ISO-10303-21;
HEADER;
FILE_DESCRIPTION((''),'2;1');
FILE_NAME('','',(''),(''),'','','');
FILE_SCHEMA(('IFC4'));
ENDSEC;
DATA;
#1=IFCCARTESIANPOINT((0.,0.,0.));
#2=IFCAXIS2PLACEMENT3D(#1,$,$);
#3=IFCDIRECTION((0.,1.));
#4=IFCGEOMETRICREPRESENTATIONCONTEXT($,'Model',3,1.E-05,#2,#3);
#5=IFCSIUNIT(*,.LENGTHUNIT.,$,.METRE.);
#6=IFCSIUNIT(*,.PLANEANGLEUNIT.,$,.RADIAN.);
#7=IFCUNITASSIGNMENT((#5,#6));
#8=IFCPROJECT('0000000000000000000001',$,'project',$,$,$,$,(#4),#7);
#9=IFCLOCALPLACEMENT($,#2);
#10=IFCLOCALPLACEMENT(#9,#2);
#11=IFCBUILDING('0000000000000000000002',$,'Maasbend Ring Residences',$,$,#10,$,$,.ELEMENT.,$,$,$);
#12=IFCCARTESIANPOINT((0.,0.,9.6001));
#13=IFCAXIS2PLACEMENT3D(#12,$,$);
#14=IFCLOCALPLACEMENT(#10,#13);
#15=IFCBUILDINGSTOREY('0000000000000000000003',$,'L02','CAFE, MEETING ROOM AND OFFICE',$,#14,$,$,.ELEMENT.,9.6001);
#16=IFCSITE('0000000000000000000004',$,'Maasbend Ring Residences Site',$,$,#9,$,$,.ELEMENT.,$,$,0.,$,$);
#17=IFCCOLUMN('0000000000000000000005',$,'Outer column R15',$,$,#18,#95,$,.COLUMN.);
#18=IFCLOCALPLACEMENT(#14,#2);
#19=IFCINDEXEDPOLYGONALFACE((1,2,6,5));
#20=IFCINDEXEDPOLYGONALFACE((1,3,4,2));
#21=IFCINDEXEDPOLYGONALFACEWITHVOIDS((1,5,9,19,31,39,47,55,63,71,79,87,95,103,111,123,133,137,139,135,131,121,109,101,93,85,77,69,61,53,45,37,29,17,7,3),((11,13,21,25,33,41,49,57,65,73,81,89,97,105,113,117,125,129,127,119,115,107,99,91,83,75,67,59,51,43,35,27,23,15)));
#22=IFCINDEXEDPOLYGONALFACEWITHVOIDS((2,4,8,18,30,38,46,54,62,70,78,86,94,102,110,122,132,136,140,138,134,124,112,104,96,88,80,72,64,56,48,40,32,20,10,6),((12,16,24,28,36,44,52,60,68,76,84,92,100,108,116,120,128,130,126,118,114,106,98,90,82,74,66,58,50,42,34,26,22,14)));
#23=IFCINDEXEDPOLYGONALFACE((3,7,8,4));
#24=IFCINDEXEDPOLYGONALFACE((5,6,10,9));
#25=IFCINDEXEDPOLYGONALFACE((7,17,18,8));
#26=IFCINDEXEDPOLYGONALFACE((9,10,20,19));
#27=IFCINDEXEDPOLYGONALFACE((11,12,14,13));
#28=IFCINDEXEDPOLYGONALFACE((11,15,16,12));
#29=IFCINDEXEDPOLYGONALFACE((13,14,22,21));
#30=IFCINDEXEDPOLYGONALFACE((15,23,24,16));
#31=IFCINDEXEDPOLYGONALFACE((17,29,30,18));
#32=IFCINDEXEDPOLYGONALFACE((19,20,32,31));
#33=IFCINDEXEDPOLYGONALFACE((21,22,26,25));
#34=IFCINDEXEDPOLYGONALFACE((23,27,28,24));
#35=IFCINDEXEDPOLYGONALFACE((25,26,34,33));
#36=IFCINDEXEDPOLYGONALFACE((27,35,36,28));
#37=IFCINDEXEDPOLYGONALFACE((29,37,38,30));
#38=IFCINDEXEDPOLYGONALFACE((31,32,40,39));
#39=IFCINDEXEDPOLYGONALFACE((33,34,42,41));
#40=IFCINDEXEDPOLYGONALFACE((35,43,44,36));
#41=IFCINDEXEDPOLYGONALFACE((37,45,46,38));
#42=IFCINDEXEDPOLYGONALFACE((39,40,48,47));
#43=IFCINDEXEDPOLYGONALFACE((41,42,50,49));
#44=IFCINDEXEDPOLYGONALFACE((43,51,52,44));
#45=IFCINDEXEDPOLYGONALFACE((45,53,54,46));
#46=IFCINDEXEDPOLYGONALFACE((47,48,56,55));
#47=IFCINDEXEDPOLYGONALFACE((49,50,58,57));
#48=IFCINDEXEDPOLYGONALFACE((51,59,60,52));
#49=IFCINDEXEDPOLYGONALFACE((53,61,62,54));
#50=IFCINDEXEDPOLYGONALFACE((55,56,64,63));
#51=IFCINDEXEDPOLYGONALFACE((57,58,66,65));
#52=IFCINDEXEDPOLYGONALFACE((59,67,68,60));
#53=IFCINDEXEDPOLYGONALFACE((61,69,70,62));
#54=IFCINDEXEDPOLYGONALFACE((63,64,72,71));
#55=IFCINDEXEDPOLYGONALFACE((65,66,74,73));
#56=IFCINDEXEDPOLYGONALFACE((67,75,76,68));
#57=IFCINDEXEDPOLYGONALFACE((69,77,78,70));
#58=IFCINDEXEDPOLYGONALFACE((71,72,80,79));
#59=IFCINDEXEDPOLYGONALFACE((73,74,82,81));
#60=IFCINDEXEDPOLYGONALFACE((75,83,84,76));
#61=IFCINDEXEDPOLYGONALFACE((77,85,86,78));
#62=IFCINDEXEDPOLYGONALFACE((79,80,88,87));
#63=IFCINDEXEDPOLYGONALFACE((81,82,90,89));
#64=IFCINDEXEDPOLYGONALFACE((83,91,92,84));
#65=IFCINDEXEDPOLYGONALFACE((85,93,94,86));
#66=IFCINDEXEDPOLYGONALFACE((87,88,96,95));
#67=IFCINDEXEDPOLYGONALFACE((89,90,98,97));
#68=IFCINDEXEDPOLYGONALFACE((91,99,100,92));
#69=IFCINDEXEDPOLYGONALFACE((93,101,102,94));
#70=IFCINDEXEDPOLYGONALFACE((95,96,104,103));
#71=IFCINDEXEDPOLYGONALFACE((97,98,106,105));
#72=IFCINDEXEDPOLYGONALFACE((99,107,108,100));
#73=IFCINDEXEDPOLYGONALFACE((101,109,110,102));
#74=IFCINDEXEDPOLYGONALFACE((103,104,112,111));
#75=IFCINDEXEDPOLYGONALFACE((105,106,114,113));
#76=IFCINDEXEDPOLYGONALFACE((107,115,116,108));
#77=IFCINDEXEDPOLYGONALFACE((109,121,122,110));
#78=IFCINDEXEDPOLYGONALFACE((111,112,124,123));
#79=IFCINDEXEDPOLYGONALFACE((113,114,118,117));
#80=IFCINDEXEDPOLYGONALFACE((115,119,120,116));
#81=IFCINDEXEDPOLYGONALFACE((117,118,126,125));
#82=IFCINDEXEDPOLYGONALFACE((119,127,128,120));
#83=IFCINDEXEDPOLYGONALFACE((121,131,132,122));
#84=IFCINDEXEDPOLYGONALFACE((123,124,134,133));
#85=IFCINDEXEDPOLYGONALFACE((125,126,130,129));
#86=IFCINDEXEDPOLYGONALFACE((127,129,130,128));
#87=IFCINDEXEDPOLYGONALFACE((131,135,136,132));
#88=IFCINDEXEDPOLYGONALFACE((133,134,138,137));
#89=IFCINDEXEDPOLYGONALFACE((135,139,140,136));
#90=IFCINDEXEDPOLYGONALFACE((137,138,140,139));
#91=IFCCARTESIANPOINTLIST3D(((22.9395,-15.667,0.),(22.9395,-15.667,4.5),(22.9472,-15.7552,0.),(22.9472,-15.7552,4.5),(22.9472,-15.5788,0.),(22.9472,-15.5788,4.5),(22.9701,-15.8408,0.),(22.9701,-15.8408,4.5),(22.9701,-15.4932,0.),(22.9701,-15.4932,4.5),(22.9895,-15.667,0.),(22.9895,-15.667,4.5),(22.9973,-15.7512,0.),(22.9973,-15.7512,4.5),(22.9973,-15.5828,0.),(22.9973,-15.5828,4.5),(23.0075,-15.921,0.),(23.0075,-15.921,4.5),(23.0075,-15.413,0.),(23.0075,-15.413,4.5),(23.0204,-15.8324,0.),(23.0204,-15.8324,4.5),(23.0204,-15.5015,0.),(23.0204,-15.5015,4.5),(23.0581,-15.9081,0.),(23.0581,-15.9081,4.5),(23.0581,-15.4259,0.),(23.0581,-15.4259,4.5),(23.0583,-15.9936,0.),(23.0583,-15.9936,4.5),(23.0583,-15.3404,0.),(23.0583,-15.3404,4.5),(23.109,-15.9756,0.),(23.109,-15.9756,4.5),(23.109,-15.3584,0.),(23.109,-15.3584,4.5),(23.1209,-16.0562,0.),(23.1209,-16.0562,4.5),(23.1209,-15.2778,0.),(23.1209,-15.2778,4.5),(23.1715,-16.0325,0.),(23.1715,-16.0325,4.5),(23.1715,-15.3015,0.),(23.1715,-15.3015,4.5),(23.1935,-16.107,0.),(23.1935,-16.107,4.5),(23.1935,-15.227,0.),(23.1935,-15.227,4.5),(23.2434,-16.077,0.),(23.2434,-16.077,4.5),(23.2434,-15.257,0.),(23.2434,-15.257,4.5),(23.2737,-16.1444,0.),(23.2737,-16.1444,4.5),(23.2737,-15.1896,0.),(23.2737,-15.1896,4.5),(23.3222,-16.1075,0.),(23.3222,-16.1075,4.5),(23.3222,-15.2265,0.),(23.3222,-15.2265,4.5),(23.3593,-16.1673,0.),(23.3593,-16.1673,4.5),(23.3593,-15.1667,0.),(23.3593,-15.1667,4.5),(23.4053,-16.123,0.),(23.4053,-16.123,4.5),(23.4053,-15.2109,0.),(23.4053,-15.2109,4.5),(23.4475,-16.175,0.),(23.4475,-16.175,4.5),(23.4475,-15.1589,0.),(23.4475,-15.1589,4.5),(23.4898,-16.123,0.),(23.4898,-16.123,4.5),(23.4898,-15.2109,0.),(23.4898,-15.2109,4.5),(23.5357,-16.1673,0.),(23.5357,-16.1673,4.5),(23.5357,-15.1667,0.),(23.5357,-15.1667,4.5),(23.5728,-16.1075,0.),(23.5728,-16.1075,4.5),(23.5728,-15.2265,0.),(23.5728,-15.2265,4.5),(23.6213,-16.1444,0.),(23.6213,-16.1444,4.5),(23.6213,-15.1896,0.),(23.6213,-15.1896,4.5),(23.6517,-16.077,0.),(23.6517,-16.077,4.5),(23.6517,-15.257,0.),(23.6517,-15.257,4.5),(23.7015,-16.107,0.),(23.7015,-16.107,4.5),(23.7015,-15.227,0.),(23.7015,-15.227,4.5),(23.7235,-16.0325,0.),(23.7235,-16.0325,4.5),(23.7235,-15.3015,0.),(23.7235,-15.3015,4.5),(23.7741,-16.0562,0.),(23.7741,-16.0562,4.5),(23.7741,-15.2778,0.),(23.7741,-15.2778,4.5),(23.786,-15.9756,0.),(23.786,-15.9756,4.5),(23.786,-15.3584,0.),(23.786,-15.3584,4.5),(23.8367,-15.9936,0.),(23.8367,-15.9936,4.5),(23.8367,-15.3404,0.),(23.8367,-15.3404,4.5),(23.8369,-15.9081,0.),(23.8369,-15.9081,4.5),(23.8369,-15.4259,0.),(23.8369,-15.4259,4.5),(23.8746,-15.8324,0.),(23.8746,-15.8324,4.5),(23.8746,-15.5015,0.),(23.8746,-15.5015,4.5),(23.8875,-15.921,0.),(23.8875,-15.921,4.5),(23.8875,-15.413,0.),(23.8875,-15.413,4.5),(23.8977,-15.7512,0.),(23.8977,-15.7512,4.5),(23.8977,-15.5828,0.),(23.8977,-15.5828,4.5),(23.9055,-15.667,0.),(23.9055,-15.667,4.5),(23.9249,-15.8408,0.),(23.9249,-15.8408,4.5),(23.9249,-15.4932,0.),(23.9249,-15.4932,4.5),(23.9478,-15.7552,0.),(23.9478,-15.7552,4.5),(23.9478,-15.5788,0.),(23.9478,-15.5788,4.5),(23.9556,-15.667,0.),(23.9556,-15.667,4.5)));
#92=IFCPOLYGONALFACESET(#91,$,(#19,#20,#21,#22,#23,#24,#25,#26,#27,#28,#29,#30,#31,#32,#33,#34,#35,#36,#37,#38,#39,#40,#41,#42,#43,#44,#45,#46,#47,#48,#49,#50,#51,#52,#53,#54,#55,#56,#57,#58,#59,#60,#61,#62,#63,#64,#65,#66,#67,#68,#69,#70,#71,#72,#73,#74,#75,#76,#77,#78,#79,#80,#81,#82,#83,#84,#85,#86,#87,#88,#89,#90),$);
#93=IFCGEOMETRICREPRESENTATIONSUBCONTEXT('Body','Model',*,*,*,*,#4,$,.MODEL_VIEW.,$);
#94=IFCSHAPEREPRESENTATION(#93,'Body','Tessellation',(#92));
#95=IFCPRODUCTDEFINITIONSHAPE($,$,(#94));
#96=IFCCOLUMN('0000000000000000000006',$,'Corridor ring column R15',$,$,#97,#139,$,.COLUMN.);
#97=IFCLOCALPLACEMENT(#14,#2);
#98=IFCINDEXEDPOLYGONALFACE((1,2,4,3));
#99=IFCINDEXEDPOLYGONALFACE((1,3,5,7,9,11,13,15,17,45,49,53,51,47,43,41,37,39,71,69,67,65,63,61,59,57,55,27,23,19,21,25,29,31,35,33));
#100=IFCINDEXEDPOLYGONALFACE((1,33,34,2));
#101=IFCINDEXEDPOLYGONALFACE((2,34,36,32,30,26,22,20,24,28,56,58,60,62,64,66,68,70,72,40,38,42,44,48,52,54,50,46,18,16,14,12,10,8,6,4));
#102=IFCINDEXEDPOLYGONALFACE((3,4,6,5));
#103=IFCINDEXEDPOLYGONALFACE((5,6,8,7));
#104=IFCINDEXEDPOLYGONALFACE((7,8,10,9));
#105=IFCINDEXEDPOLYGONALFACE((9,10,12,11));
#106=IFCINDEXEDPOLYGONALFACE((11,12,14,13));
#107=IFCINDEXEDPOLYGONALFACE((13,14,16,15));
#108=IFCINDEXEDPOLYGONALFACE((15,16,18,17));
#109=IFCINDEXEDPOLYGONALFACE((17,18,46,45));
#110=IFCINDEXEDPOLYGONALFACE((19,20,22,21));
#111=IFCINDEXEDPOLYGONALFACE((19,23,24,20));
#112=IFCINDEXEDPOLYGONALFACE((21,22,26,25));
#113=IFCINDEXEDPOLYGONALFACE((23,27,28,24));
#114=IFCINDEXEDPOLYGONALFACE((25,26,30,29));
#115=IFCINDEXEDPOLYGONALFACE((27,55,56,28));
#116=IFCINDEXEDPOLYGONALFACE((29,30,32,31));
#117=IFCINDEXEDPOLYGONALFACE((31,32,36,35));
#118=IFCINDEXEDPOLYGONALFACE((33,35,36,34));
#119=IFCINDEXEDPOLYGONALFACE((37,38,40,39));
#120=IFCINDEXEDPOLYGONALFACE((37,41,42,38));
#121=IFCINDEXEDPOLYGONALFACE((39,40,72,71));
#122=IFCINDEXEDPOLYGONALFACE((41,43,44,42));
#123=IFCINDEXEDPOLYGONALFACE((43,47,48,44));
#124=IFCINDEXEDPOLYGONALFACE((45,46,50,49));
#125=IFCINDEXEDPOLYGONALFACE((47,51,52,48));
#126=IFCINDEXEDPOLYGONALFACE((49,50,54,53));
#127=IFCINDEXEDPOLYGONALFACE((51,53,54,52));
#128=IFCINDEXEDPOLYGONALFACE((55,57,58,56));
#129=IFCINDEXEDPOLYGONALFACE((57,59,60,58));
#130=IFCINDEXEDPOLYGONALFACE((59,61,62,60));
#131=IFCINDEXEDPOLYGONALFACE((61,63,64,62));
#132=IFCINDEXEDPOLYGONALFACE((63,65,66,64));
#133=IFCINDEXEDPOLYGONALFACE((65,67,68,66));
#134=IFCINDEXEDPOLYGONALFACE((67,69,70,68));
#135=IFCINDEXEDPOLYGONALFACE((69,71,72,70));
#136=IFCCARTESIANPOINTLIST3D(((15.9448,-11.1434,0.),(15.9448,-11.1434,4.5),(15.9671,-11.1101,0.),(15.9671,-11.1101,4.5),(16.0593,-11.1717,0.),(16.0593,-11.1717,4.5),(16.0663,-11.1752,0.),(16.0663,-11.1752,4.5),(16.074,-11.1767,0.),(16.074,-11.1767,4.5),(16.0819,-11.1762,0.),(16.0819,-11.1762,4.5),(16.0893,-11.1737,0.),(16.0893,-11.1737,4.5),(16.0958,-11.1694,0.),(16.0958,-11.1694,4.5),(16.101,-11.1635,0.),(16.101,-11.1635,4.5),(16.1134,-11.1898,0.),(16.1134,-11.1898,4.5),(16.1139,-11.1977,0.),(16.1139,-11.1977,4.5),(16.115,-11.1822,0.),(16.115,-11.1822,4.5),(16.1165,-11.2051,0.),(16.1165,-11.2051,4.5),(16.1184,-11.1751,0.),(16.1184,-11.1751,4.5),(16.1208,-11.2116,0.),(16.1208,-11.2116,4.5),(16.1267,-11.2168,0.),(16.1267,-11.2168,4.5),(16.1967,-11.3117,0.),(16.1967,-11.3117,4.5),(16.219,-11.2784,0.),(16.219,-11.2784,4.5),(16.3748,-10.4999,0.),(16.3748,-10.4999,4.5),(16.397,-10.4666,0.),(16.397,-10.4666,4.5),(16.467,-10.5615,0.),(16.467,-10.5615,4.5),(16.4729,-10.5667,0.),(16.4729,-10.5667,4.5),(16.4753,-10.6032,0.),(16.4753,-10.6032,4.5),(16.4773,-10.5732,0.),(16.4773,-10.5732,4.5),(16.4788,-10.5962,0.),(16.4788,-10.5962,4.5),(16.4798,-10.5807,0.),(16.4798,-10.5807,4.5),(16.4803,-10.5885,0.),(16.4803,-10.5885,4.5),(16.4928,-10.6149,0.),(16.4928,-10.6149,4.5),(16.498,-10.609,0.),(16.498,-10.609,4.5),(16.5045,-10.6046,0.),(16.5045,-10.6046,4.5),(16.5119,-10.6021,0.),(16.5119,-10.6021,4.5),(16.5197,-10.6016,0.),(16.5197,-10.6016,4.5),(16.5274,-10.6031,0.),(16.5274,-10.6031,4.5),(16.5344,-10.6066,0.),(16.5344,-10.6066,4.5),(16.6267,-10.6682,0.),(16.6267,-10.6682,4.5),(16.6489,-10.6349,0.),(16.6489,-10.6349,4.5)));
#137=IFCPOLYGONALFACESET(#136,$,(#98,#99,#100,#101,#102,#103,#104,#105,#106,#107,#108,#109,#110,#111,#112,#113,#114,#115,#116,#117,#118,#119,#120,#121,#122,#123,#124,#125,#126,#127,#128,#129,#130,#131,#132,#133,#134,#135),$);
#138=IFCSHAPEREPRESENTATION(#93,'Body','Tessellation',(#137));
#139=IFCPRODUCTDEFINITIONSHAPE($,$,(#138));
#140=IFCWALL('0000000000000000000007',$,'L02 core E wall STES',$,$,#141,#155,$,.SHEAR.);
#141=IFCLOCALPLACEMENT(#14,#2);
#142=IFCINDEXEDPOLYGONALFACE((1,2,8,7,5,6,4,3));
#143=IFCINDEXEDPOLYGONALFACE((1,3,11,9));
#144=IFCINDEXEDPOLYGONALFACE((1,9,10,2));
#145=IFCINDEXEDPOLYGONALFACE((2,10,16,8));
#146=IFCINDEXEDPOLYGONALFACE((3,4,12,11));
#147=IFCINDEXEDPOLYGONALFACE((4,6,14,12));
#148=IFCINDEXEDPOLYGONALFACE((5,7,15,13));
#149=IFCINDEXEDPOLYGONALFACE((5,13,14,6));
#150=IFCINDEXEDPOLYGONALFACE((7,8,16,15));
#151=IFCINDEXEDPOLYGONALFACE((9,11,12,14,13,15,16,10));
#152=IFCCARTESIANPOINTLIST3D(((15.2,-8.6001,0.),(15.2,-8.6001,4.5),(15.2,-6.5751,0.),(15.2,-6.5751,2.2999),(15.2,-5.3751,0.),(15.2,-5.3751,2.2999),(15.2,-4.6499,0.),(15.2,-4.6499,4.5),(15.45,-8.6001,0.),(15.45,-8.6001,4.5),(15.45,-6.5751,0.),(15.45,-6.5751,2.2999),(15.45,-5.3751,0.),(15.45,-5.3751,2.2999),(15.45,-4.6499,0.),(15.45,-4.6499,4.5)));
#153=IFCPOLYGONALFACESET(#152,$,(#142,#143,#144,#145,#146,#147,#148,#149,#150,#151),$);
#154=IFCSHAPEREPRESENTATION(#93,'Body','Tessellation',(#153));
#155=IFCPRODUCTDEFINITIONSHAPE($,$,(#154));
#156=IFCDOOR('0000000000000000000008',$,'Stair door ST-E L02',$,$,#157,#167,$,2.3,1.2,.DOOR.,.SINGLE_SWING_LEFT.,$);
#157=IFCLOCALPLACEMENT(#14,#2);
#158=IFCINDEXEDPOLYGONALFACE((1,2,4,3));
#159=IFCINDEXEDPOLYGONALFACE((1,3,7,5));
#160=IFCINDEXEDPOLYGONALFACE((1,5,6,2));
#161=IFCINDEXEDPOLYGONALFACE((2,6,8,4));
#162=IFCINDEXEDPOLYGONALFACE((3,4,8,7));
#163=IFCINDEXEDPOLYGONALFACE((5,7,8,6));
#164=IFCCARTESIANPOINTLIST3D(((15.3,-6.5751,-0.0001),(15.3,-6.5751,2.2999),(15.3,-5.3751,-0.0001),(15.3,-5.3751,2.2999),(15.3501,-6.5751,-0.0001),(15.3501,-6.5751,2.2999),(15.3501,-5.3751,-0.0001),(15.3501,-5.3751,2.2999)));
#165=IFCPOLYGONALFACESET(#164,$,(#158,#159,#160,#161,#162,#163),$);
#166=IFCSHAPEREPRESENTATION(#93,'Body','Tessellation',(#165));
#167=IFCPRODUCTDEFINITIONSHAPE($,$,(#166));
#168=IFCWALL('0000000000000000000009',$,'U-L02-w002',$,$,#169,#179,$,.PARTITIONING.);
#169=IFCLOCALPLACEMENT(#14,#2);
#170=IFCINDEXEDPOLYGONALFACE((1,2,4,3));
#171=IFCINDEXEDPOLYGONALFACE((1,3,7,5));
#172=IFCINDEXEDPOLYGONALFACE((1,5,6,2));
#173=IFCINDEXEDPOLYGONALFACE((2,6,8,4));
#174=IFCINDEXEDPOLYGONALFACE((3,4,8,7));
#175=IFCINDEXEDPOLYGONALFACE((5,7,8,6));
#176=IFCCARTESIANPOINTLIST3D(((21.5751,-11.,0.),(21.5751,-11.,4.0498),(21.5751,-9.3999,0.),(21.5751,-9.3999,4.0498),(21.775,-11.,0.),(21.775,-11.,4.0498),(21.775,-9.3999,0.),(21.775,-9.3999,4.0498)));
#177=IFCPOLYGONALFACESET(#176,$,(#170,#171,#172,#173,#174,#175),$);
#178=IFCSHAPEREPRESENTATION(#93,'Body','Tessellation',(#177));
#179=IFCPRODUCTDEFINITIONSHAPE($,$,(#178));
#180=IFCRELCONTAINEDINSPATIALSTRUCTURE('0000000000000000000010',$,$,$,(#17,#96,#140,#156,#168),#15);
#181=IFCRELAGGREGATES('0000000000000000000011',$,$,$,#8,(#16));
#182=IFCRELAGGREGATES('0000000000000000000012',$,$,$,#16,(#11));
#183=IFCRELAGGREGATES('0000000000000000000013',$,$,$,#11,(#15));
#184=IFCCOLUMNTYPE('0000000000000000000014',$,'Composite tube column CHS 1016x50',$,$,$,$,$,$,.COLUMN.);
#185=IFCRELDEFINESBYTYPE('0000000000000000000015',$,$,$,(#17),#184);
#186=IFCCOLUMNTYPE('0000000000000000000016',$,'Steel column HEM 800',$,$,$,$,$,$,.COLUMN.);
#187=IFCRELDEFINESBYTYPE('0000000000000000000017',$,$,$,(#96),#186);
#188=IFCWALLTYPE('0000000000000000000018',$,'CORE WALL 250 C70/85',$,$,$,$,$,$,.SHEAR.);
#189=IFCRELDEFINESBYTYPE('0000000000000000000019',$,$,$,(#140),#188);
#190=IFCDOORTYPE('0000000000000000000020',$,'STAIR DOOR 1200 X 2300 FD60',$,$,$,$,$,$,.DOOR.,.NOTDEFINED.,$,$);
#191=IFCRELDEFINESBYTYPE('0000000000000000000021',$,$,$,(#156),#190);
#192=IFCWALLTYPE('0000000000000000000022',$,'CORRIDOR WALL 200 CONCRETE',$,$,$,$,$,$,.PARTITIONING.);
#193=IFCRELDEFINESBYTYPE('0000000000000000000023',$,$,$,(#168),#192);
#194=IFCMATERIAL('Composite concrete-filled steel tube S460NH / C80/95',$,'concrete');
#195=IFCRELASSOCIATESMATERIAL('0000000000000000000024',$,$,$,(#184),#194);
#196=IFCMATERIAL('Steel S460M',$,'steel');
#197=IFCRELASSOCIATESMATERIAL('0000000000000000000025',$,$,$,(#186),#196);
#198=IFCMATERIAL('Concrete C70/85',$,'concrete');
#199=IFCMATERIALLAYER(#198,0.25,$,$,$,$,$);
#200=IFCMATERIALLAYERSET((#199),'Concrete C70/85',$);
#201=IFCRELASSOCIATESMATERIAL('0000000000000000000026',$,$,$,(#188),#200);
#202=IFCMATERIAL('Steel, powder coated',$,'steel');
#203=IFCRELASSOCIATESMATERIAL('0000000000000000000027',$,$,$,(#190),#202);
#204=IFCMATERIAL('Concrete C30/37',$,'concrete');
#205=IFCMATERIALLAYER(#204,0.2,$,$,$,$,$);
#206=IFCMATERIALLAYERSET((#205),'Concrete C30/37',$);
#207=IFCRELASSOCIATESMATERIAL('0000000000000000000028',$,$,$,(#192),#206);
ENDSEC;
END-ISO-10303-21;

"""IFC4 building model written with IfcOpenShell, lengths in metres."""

from ifc_helpers import new_model, si_unit, direction, frame, frame_2d, origin, origin_2d, place, context, subcontext, project, spatial, rectangle, hollow_circle, i_section, extrude, material, layer, layer_set, material_profile, profile_set, type_object, element, fill, save


model = new_model("IFC4")

# Units and contexts
model_context = context("Model", 3, precision=1e-05, world=origin(), true_north=direction((0.0, 1.0)))
body_context = subcontext(model_context, "Body", "Model", "MODEL_VIEW")
ifc_project = project(units=[si_unit("LENGTHUNIT", "METRE"), si_unit("PLANEANGLEUNIT", "RADIAN")], contexts=[model_context])

# Site, building, storey
site_placement = place(None, origin())
site = spatial("IfcSite", under=ifc_project, at=site_placement, Name="Maasbend Ring Residences Site", CompositionType="ELEMENT", RefElevation=0.0)
building_placement = place(site_placement, origin())
building = spatial("IfcBuilding", under=site, at=building_placement, Name="Maasbend Ring Residences", CompositionType="ELEMENT")
storey_placement = place(building_placement, frame((0.0, 0.0, 9.6001)))
storey = spatial("IfcBuildingStorey", under=building, at=storey_placement, Name="L02", Description="CAFE, MEETING ROOM AND OFFICE", CompositionType="ELEMENT", Elevation=9.6001)

# Columns
ifc_material_1 = material(Name="Composite concrete-filled steel tube S460NH / C80/95", Category="concrete")
ifc_material_profile_1 = material_profile(ifc_material_1, hollow_circle(Radius=0.5081, WallThickness=0.05, at=origin_2d()), Name="Composite tube column CHS 1016x50")
ifc_profile_set_1 = profile_set([ifc_material_profile_1], Name="Composite concrete-filled steel tube S460NH / C80/95")
column_type_1 = type_object("IfcColumnType", Name="Composite tube column CHS 1016x50", PredefinedType="COLUMN", material=ifc_profile_set_1)
column_1_placement = place(storey_placement, frame((23.4475, -15.667, 0.0), z_axis=(0.0, 0.0, 1.0), x_axis=(1.0, 0.0, 0.0)))
element("IfcColumn", 1, at=column_1_placement, inside=storey, type_object=column_type_1, Name="Outer column R15", PredefinedType="COLUMN", context=body_context, shape_type="SweptSolid", body=[
    extrude(hollow_circle(Radius=0.5081, WallThickness=0.05, at=origin_2d()), origin(), (0.0, 0.0, 1.0), 4.5),
])
ifc_material_2 = material(Name="Steel S460M", Category="steel")
ifc_material_profile_2 = material_profile(ifc_material_2, i_section(OverallWidth=0.303, OverallDepth=0.814, WebThickness=0.021, FlangeThickness=0.04, FilletRadius=0.03, at=origin_2d()), Name="HEM 800")
ifc_profile_set_2 = profile_set([ifc_material_profile_2], Name="Steel S460M")
column_type_2 = type_object("IfcColumnType", Name="Steel column HEM 800", PredefinedType="COLUMN", material=ifc_profile_set_2)
column_2_placement = place(storey_placement, frame((16.2969, -10.8892, 0.0), z_axis=(0.0, 0.0, 1.0), x_axis=(0.83147, -0.55557, 0.0)))
element("IfcColumn", 2, at=column_2_placement, inside=storey, type_object=column_type_2, Name="Corridor ring column R15", PredefinedType="COLUMN", context=body_context, shape_type="SweptSolid", body=[
    extrude(i_section(OverallWidth=0.303, OverallDepth=0.814, WebThickness=0.021, FlangeThickness=0.04, FilletRadius=0.03, at=origin_2d()), origin(), (0.0, 0.0, 1.0), 4.5),
])

# Wall, opening, door
ifc_material_3 = material(Name="Concrete C70/85", Category="concrete")
ifc_layer_1 = layer(ifc_material_3, 0.25)
ifc_layer_set_1 = layer_set([ifc_layer_1], Name="Concrete C70/85")
wall_type_1 = type_object("IfcWallType", Name="CORE WALL 250 C70/85", PredefinedType="SHEAR", material=ifc_layer_set_1)
wall_1_placement = place(storey_placement, frame((15.325, -8.6001, 0.0), z_axis=(0.0, 0.0, 1.0), x_axis=(0.0, 1.0, 0.0)))
wall_1 = element("IfcWall", 3, at=wall_1_placement, inside=storey, type_object=wall_type_1, Name="L02 core E wall STES", PredefinedType="SHEAR", context=body_context, shape_type="SweptSolid", body=[
    extrude(rectangle(XDim=3.9502, YDim=0.25, at=frame_2d((1.9751, 0.0))), origin(), (0.0, 0.0, 1.0), 4.5),
])
opening_1_placement = place(wall_1_placement, frame((2.0249, 0.0, 0.0)))
opening_1 = element("IfcOpeningElement", 4, at=opening_1_placement, cuts=wall_1, PredefinedType="OPENING", context=body_context, shape_type="SweptSolid", body=[
    extrude(rectangle(XDim=1.2, YDim=2.3, at=frame_2d((0.6001, 1.1499))), frame((0.0, 0.135, 0.0), z_axis=(0.0, -1.0, 0.0), x_axis=(1.0, 0.0, 0.0)), (0.0, 0.0, 1.0), 0.27),
])
ifc_material_4 = material(Name="Steel, powder coated", Category="steel")
door_type_1 = type_object("IfcDoorType", Name="STAIR DOOR 1200 X 2300 FD60", OperationType="NOTDEFINED", PredefinedType="DOOR", material=ifc_material_4)
door_1_placement = place(opening_1_placement, origin())
door_1 = element("IfcDoor", 5, at=door_1_placement, inside=storey, type_object=door_type_1, Name="Stair door ST-E L02", OperationType="SINGLE_SWING_LEFT", OverallHeight=2.3, OverallWidth=1.2, PredefinedType="DOOR", context=body_context, shape_type="SweptSolid", body=[
    extrude(rectangle(XDim=1.2, YDim=2.3, at=frame_2d((0.6001, 1.1499))), frame((0.0, 0.0249, 0.0), z_axis=(0.0, -1.0, 0.0), x_axis=(1.0, 0.0, 0.0)), (0.0, 0.0, 1.0), 0.05),
])
fill(opening_1, door_1)

# Wall
ifc_material_5 = material(Name="Concrete C30/37", Category="concrete")
ifc_layer_2 = layer(ifc_material_5, 0.2)
ifc_layer_set_2 = layer_set([ifc_layer_2], Name="Concrete C30/37")
wall_type_2 = type_object("IfcWallType", Name="CORRIDOR WALL 200 CONCRETE", PredefinedType="PARTITIONING", material=ifc_layer_set_2)
wall_2_placement = place(storey_placement, frame((21.675, -11.0, 0.0), z_axis=(0.0, 0.0, 1.0), x_axis=(0.0, 1.0, 0.0)))
element("IfcWall", 6, at=wall_2_placement, inside=storey, type_object=wall_type_2, Name="U-L02-w002", PredefinedType="PARTITIONING", context=body_context, shape_type="SweptSolid", body=[
    extrude(rectangle(XDim=1.6001, YDim=0.2, at=frame_2d((0.8, 0.0))), origin(), (0.0, 0.0, 1.0), 4.0498),
])

save(model, "model.ifc")
